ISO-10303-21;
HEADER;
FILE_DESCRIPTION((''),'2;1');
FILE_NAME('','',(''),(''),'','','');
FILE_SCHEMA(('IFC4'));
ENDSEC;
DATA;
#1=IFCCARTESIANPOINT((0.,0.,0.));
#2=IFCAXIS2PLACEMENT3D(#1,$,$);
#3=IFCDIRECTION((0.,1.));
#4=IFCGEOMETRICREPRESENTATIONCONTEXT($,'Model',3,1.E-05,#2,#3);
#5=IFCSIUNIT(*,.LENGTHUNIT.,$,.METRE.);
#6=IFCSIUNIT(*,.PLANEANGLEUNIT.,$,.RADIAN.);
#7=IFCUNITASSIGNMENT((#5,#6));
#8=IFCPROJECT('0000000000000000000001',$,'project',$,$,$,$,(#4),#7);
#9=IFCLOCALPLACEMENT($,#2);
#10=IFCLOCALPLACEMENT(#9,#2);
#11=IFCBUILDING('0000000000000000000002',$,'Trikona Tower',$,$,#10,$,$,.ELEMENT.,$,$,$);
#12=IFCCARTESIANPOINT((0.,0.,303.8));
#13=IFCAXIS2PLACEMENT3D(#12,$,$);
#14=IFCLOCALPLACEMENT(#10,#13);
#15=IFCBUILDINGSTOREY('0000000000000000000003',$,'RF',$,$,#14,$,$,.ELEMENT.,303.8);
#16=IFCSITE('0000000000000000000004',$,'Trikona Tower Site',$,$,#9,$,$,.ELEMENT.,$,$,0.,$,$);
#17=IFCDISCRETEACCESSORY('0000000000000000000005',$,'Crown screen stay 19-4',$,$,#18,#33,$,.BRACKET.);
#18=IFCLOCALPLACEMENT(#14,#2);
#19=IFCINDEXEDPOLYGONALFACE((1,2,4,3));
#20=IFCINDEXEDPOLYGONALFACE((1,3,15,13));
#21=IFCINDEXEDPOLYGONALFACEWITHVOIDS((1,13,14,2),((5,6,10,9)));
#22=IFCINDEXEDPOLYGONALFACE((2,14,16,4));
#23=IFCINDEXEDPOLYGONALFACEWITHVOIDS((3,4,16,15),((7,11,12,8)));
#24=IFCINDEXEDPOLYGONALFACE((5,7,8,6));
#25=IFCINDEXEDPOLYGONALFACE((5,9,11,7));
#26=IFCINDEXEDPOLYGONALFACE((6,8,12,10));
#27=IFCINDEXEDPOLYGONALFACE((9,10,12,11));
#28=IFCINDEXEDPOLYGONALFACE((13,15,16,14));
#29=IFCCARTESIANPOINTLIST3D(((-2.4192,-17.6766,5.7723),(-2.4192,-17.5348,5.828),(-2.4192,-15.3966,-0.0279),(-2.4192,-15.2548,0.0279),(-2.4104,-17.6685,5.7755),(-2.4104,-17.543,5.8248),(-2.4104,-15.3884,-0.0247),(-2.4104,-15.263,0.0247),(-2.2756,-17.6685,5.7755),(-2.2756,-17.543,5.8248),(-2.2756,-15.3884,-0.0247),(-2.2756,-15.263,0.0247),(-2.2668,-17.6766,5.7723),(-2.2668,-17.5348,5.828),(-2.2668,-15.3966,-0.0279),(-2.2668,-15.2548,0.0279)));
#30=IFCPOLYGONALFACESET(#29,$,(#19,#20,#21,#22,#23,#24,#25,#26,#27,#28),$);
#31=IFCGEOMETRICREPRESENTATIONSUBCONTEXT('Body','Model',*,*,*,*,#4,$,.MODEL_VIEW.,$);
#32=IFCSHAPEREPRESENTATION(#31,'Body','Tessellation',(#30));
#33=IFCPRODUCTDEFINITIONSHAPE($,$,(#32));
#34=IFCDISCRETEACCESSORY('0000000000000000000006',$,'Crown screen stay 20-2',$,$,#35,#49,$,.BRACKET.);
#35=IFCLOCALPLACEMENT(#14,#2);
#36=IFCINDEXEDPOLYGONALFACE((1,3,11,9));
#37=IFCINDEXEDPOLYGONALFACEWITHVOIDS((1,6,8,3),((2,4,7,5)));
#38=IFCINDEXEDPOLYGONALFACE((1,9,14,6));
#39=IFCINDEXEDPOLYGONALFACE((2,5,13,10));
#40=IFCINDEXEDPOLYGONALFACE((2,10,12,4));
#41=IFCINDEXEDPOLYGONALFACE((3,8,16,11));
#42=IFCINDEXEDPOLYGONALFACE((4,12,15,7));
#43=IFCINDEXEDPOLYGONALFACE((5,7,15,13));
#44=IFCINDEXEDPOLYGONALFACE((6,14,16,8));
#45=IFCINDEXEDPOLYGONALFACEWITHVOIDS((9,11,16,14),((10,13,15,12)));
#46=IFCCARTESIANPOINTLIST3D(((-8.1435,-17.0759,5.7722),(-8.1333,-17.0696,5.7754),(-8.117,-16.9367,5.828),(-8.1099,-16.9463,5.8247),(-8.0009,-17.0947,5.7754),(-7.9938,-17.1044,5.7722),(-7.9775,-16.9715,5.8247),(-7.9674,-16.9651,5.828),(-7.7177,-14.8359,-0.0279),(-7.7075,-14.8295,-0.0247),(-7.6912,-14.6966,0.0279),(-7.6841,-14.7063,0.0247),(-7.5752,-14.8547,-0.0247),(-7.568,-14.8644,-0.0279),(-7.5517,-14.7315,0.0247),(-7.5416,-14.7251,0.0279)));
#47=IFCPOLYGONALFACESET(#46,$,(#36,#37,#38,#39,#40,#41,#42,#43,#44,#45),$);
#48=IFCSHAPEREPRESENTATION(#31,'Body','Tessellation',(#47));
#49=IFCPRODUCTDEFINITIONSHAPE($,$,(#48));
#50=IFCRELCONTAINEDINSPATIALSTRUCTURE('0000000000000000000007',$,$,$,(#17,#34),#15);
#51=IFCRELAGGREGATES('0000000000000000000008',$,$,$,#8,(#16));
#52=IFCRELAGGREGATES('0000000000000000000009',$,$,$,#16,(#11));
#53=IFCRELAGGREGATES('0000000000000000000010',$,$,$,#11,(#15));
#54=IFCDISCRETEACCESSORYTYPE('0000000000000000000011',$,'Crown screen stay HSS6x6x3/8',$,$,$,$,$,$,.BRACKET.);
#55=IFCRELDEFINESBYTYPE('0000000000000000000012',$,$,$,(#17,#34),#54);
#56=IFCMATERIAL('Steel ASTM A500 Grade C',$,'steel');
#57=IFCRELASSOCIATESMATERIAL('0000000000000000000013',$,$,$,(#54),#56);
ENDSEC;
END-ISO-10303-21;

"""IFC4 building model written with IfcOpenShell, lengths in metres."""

from ifc_helpers import new_model, si_unit, direction, frame, origin, origin_2d, place, context, subcontext, project, spatial, hollow_rectangle, extrude, material, material_profile, profile_set, type_object, element, save


model = new_model("IFC4")

# Units and contexts
model_context = context("Model", 3, precision=1e-05, world=origin(), true_north=direction((0.0, 1.0)))
body_context = subcontext(model_context, "Body", "Model", "MODEL_VIEW")
ifc_project = project(units=[si_unit("LENGTHUNIT", "METRE"), si_unit("PLANEANGLEUNIT", "RADIAN")], contexts=[model_context])

# Site, building, storey
site_placement = place(None, origin())
site = spatial("IfcSite", under=ifc_project, at=site_placement, Name="Trikona Tower Site", CompositionType="ELEMENT", RefElevation=0.0)
building_placement = place(site_placement, origin())
building = spatial("IfcBuilding", under=site, at=building_placement, Name="Trikona Tower", CompositionType="ELEMENT")
storey_placement = place(building_placement, frame((0.0, 0.0, 303.8)))
storey = spatial("IfcBuildingStorey", under=building, at=storey_placement, Name="RF", CompositionType="ELEMENT", Elevation=303.8)

# Discrete accessories
ifc_material_1 = material(Name="Steel ASTM A500 Grade C", Category="steel")
ifc_material_profile_1 = material_profile(ifc_material_1, hollow_rectangle(XDim=0.1523, YDim=0.1523, WallThickness=0.0088, at=origin_2d()), Name="HSS6X6X3/8")
ifc_profile_set_1 = profile_set([ifc_material_profile_1], Name="Steel ASTM A500 Grade C")
discrete_accessory_type_1 = type_object("IfcDiscreteAccessoryType", Name="Crown screen stay HSS6x6x3/8", PredefinedType="BRACKET", material=ifc_profile_set_1)
for number, where, z_axis, x_axis, name in (
    (1, (-2.343, -15.3257, 0.0), (0.0, -0.365852, 0.930673), (1.0, 0.0, 0.0), "Crown screen stay 19-4"),
    (2, (-7.6296, -14.7805, 0.0), (-0.06832, -0.359426, 0.930669), (0.98241, -0.186738, 0.0), "Crown screen stay 20-2"),
):
    element("IfcDiscreteAccessory", number, at=place(storey_placement, frame(where, z_axis=z_axis, x_axis=x_axis)), inside=storey, type_object=discrete_accessory_type_1, Name=name, PredefinedType="BRACKET", context=body_context, shape_type="SweptSolid", body=[
        extrude(hollow_rectangle(XDim=0.1523, YDim=0.1523, WallThickness=0.0088, at=origin_2d()), origin(), (0.0, 0.0, 1.0), 6.2322),
    ])

save(model, "model.ifc")
